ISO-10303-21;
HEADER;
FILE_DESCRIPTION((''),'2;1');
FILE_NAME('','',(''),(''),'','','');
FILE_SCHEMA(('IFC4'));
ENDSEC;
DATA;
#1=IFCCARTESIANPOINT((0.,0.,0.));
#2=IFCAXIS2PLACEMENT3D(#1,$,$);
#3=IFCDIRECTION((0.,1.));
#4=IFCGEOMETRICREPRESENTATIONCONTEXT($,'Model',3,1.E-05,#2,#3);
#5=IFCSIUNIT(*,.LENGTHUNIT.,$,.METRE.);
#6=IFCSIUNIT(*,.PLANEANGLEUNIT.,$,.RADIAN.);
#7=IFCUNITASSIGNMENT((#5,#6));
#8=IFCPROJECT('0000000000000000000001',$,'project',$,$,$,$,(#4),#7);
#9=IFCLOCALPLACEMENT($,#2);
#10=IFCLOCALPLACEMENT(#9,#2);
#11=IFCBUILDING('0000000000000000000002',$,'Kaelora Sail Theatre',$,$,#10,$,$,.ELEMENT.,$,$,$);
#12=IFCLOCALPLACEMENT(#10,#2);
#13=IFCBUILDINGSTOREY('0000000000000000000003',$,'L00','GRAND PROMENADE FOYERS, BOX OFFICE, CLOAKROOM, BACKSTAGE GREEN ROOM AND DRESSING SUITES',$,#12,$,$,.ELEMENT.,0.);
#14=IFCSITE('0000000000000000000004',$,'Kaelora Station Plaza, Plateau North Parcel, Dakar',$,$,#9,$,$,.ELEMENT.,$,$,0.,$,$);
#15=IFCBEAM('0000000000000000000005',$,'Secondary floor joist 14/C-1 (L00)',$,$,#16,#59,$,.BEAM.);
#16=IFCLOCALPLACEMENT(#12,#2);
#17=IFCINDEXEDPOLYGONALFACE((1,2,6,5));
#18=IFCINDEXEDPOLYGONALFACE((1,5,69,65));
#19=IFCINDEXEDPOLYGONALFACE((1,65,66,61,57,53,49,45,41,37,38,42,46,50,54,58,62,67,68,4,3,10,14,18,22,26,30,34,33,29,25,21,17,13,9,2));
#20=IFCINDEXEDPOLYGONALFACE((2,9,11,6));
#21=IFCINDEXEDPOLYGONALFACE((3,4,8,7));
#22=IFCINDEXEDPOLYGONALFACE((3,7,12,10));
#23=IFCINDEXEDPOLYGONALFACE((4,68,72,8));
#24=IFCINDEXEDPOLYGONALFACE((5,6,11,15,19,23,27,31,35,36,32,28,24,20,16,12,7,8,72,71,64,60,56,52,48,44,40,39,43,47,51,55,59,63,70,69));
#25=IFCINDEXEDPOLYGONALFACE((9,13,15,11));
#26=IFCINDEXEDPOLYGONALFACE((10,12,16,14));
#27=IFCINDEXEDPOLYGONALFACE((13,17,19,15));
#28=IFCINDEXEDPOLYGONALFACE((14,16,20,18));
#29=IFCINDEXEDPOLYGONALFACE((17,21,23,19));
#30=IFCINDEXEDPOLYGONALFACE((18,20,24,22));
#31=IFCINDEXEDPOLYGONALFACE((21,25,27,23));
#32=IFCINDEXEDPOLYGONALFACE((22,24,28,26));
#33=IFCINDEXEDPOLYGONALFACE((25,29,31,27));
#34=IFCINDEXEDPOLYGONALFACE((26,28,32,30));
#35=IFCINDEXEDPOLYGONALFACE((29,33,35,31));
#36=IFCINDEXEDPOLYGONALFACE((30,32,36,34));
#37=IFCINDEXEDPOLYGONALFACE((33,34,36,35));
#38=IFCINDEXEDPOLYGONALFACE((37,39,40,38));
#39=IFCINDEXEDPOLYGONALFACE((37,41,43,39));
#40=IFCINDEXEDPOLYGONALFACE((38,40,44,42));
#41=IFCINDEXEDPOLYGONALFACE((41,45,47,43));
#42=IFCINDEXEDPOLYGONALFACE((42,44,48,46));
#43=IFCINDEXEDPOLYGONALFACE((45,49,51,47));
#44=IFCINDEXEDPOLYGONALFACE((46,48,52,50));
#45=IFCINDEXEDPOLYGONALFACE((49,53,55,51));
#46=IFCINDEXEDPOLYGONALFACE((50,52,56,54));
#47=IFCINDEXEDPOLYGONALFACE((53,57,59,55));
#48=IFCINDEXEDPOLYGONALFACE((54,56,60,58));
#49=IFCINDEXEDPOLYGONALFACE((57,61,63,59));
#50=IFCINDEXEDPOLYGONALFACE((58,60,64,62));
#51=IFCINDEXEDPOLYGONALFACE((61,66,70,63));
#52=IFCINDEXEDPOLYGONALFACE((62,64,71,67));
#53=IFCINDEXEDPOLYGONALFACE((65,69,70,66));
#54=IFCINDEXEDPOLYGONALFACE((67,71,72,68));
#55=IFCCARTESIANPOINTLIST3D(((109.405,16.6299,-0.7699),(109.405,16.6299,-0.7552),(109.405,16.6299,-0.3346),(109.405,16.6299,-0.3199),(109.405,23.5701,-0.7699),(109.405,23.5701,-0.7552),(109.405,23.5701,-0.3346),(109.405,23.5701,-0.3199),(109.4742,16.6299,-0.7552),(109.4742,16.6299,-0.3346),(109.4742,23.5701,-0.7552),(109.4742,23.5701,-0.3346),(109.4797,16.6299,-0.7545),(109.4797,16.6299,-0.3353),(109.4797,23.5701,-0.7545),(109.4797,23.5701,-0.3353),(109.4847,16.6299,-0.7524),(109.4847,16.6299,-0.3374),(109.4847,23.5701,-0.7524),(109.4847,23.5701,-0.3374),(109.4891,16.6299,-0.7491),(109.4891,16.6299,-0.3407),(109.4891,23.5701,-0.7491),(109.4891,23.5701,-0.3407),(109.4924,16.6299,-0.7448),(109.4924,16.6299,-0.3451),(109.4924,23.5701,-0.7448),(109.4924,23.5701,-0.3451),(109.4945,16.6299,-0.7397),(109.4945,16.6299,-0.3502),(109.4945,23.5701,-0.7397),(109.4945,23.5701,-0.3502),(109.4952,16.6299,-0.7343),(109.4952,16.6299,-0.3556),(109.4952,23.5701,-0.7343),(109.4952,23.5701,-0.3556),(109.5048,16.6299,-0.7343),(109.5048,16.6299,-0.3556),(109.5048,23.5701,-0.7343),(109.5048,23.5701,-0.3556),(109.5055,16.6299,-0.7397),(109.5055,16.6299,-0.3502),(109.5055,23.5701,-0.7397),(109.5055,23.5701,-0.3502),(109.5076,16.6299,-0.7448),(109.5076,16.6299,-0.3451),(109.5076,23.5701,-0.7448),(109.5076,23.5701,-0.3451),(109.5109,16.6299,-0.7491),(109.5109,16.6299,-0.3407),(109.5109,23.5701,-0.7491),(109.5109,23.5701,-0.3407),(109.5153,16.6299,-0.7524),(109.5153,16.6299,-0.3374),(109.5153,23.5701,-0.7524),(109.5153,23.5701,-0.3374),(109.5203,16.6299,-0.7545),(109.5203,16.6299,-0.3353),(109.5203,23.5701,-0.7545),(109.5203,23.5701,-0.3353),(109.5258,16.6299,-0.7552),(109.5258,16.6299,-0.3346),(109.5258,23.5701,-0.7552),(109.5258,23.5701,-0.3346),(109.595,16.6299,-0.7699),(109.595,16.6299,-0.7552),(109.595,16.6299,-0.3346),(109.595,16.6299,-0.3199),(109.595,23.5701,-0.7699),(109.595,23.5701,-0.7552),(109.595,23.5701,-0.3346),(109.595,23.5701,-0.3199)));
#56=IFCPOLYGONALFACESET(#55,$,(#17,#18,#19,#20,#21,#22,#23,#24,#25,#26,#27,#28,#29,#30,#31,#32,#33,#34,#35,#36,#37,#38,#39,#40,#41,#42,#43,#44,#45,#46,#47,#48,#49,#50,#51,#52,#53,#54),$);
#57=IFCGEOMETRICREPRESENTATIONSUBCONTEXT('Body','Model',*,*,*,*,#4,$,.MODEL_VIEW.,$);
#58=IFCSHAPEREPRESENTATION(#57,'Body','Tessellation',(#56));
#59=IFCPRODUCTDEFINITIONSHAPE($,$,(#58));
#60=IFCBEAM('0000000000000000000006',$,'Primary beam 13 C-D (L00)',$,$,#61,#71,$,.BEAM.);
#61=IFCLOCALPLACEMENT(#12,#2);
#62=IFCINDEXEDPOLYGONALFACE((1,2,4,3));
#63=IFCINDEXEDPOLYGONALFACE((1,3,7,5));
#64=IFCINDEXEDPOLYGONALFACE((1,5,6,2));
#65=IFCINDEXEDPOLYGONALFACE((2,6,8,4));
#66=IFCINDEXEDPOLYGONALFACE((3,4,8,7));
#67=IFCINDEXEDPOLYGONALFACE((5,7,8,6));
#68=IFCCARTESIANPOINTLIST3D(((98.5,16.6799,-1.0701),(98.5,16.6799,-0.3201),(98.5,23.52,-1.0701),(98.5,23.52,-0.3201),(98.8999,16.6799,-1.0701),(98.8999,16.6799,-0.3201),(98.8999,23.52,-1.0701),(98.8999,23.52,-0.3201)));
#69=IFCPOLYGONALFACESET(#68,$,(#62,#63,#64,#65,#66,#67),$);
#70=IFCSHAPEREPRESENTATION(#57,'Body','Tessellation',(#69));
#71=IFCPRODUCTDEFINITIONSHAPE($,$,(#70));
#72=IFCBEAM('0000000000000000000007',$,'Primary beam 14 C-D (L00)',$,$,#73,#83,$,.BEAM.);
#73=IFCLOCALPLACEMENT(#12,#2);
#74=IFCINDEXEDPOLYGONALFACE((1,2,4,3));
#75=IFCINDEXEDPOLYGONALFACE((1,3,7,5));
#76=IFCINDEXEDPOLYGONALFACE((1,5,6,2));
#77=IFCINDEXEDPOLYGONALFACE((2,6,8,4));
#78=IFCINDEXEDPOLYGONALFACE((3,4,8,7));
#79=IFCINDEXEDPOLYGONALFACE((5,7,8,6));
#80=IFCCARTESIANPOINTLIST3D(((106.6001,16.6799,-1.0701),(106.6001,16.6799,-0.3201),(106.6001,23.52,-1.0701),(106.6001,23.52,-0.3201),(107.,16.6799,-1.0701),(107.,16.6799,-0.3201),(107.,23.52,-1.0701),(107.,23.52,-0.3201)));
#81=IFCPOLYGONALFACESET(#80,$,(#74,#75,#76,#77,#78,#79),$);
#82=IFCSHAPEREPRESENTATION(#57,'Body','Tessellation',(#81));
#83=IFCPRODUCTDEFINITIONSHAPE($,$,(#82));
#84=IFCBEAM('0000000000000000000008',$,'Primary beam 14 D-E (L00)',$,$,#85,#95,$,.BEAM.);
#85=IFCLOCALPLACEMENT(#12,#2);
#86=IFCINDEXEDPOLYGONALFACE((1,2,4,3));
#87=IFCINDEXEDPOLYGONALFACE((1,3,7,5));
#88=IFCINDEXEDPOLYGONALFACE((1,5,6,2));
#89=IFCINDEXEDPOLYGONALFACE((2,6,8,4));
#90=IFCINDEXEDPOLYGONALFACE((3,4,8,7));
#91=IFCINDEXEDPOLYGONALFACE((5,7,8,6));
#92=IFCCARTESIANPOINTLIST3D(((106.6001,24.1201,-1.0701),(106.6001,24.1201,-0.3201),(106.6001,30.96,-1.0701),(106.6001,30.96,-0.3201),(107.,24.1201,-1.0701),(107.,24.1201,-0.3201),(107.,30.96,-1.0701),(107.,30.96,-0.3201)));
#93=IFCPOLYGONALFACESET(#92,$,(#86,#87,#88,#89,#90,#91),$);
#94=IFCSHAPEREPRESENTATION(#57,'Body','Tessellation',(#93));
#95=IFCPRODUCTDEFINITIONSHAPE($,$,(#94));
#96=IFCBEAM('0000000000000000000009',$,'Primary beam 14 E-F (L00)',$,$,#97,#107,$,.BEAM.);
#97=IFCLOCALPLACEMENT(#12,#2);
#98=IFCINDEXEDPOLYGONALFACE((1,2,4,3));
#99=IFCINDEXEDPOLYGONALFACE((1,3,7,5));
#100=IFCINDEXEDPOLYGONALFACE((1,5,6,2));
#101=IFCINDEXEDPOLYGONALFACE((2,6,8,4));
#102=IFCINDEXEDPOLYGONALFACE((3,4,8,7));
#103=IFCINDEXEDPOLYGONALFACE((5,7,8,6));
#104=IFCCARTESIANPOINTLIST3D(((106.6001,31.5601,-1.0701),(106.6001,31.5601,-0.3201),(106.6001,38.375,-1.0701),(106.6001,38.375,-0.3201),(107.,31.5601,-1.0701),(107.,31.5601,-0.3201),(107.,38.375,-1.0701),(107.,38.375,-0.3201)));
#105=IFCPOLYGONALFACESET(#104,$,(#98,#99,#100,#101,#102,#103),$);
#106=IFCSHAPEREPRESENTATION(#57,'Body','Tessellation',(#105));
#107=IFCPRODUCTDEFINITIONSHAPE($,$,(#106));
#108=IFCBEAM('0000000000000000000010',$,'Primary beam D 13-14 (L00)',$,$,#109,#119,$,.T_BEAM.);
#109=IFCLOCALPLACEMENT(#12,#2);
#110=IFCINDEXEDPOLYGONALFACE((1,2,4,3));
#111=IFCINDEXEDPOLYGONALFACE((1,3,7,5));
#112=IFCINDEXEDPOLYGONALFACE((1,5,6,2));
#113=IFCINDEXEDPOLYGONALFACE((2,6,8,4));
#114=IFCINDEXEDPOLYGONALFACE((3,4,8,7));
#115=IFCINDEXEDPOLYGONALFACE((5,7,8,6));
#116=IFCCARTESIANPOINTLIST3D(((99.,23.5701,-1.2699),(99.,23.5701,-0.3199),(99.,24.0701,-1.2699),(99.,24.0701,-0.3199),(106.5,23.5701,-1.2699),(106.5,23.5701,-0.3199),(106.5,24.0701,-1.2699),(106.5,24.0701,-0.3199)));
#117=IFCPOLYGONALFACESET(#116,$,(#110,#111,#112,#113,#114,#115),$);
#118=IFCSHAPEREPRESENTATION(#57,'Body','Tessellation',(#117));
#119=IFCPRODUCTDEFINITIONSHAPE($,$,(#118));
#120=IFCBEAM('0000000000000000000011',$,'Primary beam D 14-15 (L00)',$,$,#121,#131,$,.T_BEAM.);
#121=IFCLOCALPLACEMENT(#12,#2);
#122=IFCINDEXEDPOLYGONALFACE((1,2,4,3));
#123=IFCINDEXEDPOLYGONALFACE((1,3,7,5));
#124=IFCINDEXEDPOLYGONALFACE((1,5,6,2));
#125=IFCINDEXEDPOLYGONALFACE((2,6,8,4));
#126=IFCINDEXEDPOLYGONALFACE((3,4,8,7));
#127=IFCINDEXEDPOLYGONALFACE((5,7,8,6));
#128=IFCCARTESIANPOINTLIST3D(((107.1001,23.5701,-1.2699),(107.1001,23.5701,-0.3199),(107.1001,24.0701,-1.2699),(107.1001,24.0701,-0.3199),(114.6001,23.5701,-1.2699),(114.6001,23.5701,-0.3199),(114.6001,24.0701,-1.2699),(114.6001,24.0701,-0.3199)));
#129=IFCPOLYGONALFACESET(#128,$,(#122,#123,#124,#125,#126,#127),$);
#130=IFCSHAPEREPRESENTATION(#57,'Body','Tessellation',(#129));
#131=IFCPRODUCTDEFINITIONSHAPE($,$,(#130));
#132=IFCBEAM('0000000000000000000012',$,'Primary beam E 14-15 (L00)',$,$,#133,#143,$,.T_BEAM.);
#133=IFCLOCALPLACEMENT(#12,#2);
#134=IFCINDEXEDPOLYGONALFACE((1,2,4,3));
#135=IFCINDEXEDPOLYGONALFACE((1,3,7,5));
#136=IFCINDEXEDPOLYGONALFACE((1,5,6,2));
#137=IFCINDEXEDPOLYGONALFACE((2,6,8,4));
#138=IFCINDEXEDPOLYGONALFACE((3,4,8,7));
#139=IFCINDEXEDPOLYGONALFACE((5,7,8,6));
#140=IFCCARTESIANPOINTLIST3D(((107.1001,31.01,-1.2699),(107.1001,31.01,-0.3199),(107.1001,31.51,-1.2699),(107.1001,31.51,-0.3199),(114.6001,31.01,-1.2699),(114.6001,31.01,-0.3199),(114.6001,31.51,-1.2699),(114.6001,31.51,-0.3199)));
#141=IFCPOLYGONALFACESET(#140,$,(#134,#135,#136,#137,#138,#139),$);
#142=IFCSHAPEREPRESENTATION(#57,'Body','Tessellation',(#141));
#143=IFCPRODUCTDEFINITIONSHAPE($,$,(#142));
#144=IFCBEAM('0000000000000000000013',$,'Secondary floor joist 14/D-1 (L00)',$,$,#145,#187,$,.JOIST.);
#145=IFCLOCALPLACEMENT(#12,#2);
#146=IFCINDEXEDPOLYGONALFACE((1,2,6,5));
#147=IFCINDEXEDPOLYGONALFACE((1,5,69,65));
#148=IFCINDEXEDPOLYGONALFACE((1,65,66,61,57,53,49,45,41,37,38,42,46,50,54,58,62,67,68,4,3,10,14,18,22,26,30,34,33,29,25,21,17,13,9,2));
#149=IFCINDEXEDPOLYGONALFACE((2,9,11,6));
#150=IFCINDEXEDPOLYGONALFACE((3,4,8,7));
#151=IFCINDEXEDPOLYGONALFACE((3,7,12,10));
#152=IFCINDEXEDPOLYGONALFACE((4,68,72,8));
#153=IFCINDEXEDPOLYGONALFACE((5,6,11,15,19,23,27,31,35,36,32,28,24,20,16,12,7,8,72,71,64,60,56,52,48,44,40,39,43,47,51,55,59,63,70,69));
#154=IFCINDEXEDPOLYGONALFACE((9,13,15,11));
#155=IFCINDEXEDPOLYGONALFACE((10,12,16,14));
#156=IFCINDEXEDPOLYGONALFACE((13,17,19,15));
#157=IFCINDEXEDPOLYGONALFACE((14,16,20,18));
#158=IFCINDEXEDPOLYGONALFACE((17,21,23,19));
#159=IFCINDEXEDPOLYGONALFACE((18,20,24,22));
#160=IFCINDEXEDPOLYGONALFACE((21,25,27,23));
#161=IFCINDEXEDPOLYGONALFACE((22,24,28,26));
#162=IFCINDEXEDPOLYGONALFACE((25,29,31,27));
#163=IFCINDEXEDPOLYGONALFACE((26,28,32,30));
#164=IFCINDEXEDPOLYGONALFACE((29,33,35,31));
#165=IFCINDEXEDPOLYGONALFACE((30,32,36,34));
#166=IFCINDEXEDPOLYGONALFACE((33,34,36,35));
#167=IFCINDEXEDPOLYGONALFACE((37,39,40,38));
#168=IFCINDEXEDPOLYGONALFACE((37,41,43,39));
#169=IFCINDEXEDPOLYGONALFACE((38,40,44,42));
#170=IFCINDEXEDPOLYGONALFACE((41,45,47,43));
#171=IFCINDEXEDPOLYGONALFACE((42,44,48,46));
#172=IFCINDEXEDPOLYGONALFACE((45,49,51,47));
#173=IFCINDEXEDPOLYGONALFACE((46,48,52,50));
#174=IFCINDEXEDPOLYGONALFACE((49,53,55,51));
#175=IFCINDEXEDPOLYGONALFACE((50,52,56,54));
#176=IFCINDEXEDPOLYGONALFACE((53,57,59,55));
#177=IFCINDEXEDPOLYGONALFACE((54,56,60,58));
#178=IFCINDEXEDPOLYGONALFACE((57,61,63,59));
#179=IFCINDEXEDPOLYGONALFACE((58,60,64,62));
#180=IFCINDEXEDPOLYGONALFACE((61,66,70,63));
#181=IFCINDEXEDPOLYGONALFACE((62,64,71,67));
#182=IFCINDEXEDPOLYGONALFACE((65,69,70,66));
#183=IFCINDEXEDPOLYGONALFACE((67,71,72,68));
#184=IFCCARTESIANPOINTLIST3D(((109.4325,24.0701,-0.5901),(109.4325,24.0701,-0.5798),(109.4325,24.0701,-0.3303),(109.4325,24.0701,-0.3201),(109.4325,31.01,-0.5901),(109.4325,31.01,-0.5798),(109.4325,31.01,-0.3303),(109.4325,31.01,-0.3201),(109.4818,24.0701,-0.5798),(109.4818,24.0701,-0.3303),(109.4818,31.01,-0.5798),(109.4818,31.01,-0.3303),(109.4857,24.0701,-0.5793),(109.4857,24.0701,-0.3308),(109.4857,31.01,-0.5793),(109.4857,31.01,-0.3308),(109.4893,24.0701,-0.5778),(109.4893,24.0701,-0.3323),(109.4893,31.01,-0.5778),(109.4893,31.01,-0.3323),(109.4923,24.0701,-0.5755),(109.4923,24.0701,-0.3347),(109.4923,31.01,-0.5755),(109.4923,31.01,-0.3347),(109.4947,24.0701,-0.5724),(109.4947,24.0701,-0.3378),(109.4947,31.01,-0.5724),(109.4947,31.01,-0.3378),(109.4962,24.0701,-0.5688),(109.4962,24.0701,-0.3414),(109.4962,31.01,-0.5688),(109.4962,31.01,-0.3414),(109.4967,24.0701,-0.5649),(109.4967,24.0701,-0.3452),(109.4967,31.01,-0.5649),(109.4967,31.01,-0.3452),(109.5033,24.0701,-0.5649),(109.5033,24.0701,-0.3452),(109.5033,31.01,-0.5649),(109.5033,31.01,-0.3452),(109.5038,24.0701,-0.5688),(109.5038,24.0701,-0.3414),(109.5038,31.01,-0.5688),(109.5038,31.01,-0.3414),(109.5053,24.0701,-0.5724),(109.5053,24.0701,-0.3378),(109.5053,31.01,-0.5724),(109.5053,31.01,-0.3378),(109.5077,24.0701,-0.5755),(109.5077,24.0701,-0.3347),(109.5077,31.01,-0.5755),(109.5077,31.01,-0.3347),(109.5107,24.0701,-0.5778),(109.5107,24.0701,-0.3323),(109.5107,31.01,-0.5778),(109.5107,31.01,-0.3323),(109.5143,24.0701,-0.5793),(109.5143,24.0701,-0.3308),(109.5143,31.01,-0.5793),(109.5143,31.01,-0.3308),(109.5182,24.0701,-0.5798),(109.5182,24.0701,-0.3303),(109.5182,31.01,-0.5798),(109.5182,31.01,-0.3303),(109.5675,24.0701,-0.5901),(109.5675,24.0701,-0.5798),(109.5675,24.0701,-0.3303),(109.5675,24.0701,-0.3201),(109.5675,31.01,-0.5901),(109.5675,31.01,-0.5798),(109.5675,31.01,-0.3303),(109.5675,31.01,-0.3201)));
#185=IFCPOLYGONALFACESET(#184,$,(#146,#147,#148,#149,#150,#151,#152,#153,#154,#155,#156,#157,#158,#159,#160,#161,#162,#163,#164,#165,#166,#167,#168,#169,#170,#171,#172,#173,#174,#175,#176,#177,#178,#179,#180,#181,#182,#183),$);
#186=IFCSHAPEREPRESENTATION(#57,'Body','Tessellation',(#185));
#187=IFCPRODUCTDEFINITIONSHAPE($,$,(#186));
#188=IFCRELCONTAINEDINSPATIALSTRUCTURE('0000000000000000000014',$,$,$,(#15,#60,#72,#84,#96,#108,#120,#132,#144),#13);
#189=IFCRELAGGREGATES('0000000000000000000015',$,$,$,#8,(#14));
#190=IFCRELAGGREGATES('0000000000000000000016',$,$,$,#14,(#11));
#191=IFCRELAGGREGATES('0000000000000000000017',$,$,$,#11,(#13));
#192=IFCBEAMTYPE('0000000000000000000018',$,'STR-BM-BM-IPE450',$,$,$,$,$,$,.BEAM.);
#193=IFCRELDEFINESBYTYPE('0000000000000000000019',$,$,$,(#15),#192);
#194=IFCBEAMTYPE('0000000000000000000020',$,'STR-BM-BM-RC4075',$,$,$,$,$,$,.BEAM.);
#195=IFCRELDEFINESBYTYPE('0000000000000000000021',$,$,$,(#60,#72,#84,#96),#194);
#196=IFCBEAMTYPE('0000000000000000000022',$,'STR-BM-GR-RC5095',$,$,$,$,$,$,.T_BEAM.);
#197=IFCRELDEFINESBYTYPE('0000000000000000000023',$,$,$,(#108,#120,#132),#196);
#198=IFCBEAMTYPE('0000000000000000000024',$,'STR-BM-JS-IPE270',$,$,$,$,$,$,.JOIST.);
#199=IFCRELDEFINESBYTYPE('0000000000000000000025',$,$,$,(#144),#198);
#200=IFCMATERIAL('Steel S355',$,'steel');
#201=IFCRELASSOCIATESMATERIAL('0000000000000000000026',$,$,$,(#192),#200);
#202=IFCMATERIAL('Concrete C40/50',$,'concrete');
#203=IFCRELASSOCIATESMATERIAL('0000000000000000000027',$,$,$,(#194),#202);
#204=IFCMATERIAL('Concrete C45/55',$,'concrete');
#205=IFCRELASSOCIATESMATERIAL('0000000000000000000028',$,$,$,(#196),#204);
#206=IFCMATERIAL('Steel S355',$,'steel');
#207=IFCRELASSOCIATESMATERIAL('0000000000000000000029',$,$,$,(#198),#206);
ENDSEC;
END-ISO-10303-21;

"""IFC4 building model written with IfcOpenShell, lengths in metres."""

from ifc_helpers import new_model, si_unit, direction, frame, origin, origin_2d, place, context, subcontext, project, spatial, rectangle, i_section, extrude, material, material_profile, profile_set, type_object, element, save


model = new_model("IFC4")

# Units and contexts
model_context = context("Model", 3, precision=1e-05, world=origin(), true_north=direction((0.0, 1.0)))
body_context = subcontext(model_context, "Body", "Model", "MODEL_VIEW")
ifc_project = project(units=[si_unit("LENGTHUNIT", "METRE"), si_unit("PLANEANGLEUNIT", "RADIAN")], contexts=[model_context])

# Site, building, storey
site_placement = place(None, origin())
site = spatial("IfcSite", under=ifc_project, at=site_placement, Name="Kaelora Station Plaza, Plateau North Parcel, Dakar", CompositionType="ELEMENT", RefElevation=0.0)
building_placement = place(site_placement, origin())
building = spatial("IfcBuilding", under=site, at=building_placement, Name="Kaelora Sail Theatre", CompositionType="ELEMENT")
storey_placement = place(building_placement, origin())
storey = spatial("IfcBuildingStorey", under=building, at=storey_placement, Name="L00", Description="GRAND PROMENADE FOYERS, BOX OFFICE, CLOAKROOM, BACKSTAGE GREEN ROOM AND DRESSING SUITES", CompositionType="ELEMENT", Elevation=0.0)

# Beams
ifc_material_1 = material(Name="Steel S355", Category="steel")
ifc_material_profile_1 = material_profile(ifc_material_1, i_section(OverallWidth=0.1899, OverallDepth=0.45, WebThickness=0.0095, FlangeThickness=0.0146, FilletRadius=0.021, at=origin_2d()), Name="IPE 450")
ifc_profile_set_1 = profile_set([ifc_material_profile_1], Name="Steel S355")
beam_type_1 = type_object("IfcBeamType", Name="STR-BM-BM-IPE450", PredefinedType="BEAM", material=ifc_profile_set_1)
for number, where, z_axis, x_axis, name in (
    (1, (109.5, 16.6299, -0.5449), (0.0, 1.0, 0.0), (-1.0, 0.0, 0.0), "Secondary floor joist 14/C-1 (L00)"),
):
    element("IfcBeam", number, at=place(storey_placement, frame(where, z_axis=z_axis, x_axis=x_axis)), inside=storey, type_object=beam_type_1, Name=name, PredefinedType="BEAM", context=body_context, shape_type="SweptSolid", body=[
        extrude(i_section(OverallWidth=0.1899, OverallDepth=0.45, WebThickness=0.0095, FlangeThickness=0.0146, FilletRadius=0.021, at=origin_2d()), origin(), (0.0, 0.0, 1.0), 6.9402),
    ])
ifc_material_2 = material(Name="Concrete C40/50", Category="concrete")
ifc_material_profile_2 = material_profile(ifc_material_2, rectangle(XDim=0.3999, YDim=0.75, at=origin_2d()), Name="RC-BM 400x750")
ifc_profile_set_2 = profile_set([ifc_material_profile_2], Name="Concrete C40/50")
beam_type_2 = type_object("IfcBeamType", Name="STR-BM-BM-RC4075", PredefinedType="BEAM", material=ifc_profile_set_2)
for number, where, z_axis, x_axis, name in (
    (2, (98.7, 16.6799, -0.6951), (0.0, 1.0, 0.0), (-1.0, 0.0, 0.0), "Primary beam 13 C-D (L00)"),
    (3, (106.8, 16.6799, -0.6951), (0.0, 1.0, 0.0), (-1.0, 0.0, 0.0), "Primary beam 14 C-D (L00)"),
):
    element("IfcBeam", number, at=place(storey_placement, frame(where, z_axis=z_axis, x_axis=x_axis)), inside=storey, type_object=beam_type_2, Name=name, PredefinedType="BEAM", context=body_context, shape_type="SweptSolid", body=[
        extrude(rectangle(XDim=0.3999, YDim=0.75, at=origin_2d()), origin(), (0.0, 0.0, 1.0), 6.8401),
    ])
beam_1_placement = place(storey_placement, frame((106.8, 24.1201, -0.6951), z_axis=(0.0, 1.0, 0.0), x_axis=(-1.0, 0.0, 0.0)))
element("IfcBeam", 4, at=beam_1_placement, inside=storey, type_object=beam_type_2, Name="Primary beam 14 D-E (L00)", PredefinedType="BEAM", context=body_context, shape_type="SweptSolid", body=[
    extrude(rectangle(XDim=0.3999, YDim=0.75, at=origin_2d()), origin(), (0.0, 0.0, 1.0), 6.8398),
])
beam_2_placement = place(storey_placement, frame((106.8, 31.5601, -0.6951), z_axis=(0.0, 1.0, 0.0), x_axis=(-1.0, 0.0, 0.0)))
element("IfcBeam", 5, at=beam_2_placement, inside=storey, type_object=beam_type_2, Name="Primary beam 14 E-F (L00)", PredefinedType="BEAM", context=body_context, shape_type="SweptSolid", body=[
    extrude(rectangle(XDim=0.3999, YDim=0.75, at=origin_2d()), origin(), (0.0, 0.0, 1.0), 6.8149),
])
ifc_material_3 = material(Name="Concrete C45/55", Category="concrete")
ifc_material_profile_3 = material_profile(ifc_material_3, rectangle(XDim=0.5, YDim=0.95, at=origin_2d()), Name="RC-GRD 500x950")
ifc_profile_set_3 = profile_set([ifc_material_profile_3], Name="Concrete C45/55")
beam_type_3 = type_object("IfcBeamType", Name="STR-BM-GR-RC5095", PredefinedType="T_BEAM", material=ifc_profile_set_3)
for number, where, z_axis, x_axis, name in (
    (6, (99.0, 23.8201, -0.7949), (1.0, 0.0, 0.0), (0.0, 1.0, 0.0), "Primary beam D 13-14 (L00)"),
    (7, (107.1001, 23.8201, -0.7949), (1.0, 0.0, 0.0), (0.0, 1.0, 0.0), "Primary beam D 14-15 (L00)"),
    (8, (107.1001, 31.26, -0.7949), (1.0, 0.0, 0.0), (0.0, 1.0, 0.0), "Primary beam E 14-15 (L00)"),
):
    element("IfcBeam", number, at=place(storey_placement, frame(where, z_axis=z_axis, x_axis=x_axis)), inside=storey, type_object=beam_type_3, Name=name, PredefinedType="T_BEAM", context=body_context, shape_type="SweptSolid", body=[
        extrude(rectangle(XDim=0.5, YDim=0.95, at=origin_2d()), origin(), (0.0, 0.0, 1.0), 7.5),
    ])
ifc_material_4 = material(Name="Steel S355", Category="steel")
ifc_material_profile_4 = material_profile(ifc_material_4, i_section(OverallWidth=0.135, OverallDepth=0.27, WebThickness=0.0066, FlangeThickness=0.0103, FilletRadius=0.0149, at=origin_2d()), Name="IPE 270")
ifc_profile_set_4 = profile_set([ifc_material_profile_4], Name="Steel S355")
beam_type_4 = type_object("IfcBeamType", Name="STR-BM-JS-IPE270", PredefinedType="JOIST", material=ifc_profile_set_4)
beam_3_placement = place(storey_placement, frame((109.5, 24.0701, -0.4551), z_axis=(0.0, 1.0, 0.0), x_axis=(-1.0, 0.0, 0.0)))
element("IfcBeam", 9, at=beam_3_placement, inside=storey, type_object=beam_type_4, Name="Secondary floor joist 14/D-1 (L00)", PredefinedType="JOIST", context=body_context, shape_type="SweptSolid", body=[
    extrude(i_section(OverallWidth=0.135, OverallDepth=0.27, WebThickness=0.0066, FlangeThickness=0.0103, FilletRadius=0.0149, at=origin_2d()), origin(), (0.0, 0.0, 1.0), 6.9399),
])

save(model, "model.ifc")
